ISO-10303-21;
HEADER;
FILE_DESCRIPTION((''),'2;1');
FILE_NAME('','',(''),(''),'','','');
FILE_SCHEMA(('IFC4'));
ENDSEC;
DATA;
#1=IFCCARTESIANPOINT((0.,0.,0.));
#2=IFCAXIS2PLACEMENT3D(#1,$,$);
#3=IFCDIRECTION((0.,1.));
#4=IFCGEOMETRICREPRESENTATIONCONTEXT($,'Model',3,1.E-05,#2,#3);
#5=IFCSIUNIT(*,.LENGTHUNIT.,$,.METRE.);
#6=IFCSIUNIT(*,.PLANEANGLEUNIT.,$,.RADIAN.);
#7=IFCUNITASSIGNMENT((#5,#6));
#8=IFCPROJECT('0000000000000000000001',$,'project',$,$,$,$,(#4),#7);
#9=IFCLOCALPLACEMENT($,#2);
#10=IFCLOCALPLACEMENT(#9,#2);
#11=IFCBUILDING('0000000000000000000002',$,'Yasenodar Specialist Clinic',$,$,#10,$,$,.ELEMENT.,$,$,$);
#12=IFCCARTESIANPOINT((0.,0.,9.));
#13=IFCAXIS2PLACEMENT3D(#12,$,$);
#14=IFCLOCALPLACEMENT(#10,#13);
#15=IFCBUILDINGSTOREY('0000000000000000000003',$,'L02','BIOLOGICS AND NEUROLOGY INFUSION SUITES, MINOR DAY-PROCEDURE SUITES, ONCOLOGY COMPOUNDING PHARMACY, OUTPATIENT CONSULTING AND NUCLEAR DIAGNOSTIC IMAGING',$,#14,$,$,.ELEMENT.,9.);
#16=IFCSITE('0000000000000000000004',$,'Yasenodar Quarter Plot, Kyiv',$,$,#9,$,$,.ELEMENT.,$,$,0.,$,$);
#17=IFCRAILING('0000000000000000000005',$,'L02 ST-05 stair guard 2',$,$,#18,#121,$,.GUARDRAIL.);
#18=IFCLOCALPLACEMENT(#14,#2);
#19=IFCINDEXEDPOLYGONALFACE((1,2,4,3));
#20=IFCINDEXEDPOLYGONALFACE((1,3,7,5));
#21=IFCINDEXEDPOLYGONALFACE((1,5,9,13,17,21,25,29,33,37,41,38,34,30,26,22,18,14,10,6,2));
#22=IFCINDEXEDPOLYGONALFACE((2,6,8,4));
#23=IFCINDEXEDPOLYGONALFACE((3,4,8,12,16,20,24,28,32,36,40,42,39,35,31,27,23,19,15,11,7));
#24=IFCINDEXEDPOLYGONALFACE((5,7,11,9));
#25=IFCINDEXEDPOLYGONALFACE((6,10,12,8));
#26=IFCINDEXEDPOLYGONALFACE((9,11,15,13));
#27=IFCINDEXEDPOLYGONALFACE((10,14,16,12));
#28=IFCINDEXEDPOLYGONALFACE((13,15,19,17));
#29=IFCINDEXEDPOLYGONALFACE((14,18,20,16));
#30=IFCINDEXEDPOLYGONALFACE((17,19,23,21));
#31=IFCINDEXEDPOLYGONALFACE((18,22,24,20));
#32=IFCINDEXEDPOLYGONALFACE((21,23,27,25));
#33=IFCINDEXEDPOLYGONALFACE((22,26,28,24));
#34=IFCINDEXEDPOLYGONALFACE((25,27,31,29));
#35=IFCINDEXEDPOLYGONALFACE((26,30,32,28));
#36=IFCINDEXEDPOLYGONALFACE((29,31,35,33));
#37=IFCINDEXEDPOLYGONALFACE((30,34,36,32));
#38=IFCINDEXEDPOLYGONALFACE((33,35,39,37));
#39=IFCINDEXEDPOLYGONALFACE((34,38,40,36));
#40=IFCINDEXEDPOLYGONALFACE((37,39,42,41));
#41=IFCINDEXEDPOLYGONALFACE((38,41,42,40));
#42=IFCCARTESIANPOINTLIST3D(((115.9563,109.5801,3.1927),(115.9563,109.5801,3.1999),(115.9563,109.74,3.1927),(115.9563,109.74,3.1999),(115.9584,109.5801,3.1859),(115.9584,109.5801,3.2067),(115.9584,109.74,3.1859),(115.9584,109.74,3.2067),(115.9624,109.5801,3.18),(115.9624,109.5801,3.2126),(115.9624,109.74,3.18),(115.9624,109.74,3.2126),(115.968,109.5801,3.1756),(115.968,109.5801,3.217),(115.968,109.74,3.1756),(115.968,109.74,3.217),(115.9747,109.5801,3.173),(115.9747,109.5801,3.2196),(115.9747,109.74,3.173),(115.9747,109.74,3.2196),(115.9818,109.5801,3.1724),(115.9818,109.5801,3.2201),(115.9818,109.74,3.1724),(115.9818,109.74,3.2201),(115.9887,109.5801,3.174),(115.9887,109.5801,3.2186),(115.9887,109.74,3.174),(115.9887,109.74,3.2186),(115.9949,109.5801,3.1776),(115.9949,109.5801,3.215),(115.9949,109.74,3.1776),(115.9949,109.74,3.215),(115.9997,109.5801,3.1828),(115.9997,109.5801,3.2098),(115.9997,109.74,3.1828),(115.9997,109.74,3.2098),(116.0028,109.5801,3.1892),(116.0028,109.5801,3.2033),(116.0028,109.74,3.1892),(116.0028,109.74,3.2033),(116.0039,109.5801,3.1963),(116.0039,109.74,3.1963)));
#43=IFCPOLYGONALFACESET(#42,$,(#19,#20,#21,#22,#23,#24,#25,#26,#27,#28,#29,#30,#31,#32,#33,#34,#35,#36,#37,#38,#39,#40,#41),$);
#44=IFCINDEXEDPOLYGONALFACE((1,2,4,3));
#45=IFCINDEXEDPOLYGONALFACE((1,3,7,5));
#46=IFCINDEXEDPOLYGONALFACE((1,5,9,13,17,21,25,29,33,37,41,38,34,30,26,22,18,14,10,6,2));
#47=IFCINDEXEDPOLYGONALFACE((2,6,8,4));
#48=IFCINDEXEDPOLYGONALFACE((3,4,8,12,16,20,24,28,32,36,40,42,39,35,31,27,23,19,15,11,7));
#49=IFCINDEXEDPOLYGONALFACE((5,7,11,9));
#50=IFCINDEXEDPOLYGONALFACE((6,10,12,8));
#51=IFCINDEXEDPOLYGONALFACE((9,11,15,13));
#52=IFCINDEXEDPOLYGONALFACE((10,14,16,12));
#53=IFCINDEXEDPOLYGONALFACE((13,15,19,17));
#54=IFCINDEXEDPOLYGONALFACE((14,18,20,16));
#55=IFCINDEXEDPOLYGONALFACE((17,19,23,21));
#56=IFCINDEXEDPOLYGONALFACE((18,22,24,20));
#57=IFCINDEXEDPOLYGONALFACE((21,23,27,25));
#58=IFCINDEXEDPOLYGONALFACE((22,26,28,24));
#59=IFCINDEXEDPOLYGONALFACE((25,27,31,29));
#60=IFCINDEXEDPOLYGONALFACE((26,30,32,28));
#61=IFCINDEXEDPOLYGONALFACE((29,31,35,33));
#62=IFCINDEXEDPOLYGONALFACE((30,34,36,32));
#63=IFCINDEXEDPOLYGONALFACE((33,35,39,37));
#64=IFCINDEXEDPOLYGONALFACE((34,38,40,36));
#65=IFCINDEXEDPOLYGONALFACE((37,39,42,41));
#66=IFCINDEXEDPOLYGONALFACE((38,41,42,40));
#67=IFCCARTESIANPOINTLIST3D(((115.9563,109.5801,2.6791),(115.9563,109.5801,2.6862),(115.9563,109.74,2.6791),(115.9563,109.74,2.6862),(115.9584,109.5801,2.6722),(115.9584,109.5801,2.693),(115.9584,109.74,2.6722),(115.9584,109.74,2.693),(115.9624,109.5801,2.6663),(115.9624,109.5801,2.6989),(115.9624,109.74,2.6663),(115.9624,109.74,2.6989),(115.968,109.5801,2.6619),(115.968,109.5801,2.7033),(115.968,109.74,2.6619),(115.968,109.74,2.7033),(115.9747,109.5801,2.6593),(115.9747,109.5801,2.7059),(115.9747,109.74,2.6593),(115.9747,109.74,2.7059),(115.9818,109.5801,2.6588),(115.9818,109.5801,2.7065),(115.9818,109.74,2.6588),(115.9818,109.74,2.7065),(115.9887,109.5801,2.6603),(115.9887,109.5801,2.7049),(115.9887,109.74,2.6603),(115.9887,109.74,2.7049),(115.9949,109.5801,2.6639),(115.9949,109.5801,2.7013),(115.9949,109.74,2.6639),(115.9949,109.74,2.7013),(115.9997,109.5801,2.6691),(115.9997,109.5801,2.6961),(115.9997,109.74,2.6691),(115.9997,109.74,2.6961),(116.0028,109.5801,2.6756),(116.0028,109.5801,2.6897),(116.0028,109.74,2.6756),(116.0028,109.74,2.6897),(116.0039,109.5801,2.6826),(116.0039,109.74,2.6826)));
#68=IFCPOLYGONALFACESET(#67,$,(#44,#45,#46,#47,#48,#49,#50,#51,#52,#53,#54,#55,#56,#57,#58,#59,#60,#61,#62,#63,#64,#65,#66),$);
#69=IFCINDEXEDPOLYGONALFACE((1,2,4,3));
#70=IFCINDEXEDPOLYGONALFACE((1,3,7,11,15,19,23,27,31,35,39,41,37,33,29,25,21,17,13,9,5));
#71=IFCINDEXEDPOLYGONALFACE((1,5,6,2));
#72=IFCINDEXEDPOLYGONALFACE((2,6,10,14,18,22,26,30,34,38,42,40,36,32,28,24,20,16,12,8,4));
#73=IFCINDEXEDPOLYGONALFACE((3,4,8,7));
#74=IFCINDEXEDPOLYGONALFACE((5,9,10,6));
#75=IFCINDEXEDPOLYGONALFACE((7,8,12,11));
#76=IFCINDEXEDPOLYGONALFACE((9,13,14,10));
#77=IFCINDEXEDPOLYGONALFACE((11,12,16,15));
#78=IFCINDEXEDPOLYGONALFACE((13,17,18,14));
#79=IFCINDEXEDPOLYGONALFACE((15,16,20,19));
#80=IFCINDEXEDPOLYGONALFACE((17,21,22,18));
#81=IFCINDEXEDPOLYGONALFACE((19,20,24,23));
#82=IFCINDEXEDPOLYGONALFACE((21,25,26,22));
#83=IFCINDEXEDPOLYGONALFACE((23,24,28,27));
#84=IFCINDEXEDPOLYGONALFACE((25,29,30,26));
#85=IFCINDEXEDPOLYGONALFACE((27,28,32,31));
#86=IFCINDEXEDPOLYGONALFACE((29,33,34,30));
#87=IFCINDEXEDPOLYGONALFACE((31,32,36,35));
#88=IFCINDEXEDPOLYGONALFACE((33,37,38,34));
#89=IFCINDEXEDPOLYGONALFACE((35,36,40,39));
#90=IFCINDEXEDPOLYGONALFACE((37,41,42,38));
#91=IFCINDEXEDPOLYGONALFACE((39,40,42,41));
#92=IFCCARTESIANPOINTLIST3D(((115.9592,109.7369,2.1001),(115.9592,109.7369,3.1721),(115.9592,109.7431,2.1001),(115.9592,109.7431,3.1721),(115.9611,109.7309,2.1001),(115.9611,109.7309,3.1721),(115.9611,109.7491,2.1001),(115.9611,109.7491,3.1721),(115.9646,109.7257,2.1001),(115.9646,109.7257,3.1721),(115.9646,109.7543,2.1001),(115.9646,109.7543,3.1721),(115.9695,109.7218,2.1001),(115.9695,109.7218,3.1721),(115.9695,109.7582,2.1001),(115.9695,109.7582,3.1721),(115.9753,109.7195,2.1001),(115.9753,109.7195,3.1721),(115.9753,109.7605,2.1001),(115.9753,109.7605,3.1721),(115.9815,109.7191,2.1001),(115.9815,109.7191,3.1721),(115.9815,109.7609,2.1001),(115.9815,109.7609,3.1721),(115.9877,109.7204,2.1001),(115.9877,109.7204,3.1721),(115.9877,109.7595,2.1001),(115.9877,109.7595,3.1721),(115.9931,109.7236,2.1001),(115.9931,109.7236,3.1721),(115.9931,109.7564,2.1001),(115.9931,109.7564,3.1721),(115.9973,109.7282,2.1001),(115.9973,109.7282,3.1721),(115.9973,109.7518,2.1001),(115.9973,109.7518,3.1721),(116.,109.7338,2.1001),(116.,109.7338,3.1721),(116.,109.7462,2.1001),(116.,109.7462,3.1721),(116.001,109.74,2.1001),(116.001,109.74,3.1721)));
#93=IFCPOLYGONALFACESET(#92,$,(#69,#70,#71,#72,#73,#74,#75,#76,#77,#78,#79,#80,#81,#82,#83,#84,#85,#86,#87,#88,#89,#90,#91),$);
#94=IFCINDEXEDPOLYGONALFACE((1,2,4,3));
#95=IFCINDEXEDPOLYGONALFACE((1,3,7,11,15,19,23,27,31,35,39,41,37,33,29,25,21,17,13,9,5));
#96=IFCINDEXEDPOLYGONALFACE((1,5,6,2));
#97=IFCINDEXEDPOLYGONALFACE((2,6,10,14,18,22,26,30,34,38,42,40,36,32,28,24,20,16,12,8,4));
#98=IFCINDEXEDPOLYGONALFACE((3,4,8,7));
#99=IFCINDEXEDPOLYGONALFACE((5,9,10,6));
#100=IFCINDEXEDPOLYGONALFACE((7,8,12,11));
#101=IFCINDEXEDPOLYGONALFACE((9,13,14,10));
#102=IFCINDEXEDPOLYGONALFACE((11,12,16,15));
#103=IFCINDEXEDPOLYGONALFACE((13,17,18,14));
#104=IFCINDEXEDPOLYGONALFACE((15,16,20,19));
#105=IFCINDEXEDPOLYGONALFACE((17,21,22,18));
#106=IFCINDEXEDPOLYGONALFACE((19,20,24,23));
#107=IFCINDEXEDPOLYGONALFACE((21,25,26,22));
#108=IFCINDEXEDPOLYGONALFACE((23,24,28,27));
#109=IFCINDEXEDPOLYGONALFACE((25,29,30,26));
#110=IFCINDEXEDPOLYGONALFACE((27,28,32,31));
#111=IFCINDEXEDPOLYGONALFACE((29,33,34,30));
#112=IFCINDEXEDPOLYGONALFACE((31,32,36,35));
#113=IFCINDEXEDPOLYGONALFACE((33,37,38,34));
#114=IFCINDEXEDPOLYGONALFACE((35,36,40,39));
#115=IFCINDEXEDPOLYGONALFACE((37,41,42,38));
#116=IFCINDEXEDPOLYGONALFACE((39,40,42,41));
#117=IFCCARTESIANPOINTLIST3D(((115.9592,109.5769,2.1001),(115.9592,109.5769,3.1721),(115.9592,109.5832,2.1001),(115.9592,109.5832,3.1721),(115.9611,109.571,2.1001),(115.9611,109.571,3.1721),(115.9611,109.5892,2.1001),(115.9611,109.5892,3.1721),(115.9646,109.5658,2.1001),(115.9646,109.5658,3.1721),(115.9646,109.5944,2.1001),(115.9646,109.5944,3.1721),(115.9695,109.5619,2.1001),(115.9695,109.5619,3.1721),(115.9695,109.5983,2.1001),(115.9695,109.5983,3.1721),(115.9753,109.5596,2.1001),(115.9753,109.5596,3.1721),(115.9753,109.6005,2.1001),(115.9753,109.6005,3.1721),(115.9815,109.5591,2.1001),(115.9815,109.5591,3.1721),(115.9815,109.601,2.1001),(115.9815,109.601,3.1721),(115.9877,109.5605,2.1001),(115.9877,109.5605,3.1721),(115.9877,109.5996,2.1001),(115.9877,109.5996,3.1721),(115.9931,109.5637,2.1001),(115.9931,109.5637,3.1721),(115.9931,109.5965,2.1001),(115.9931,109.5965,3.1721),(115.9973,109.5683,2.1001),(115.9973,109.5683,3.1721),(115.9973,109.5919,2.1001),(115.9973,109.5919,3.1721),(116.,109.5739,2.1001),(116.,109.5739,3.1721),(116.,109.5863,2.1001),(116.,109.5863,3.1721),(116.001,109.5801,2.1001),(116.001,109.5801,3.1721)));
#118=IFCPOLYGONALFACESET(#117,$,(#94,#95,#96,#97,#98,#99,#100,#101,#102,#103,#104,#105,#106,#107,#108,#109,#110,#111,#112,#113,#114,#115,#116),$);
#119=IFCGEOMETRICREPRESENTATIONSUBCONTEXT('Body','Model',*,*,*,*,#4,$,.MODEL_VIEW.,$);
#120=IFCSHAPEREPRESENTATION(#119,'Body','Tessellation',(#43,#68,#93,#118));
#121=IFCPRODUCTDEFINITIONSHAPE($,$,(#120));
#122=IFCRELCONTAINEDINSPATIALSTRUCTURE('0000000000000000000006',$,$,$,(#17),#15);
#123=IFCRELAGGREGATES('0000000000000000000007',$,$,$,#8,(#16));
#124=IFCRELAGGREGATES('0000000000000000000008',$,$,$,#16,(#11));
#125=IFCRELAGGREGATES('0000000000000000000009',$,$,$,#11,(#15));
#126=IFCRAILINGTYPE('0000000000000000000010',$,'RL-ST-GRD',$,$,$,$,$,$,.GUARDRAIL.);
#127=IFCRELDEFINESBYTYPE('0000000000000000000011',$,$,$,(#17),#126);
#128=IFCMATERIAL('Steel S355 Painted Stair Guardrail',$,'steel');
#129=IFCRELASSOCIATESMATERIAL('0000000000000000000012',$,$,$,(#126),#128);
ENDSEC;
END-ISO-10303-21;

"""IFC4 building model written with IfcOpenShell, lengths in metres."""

from ifc_helpers import new_model, si_unit, direction, frame, origin, origin_2d, place, context, subcontext, project, spatial, circle, extrude, material, type_object, element, save


model = new_model("IFC4")

# Units and contexts
model_context = context("Model", 3, precision=1e-05, world=origin(), true_north=direction((0.0, 1.0)))
body_context = subcontext(model_context, "Body", "Model", "MODEL_VIEW")
ifc_project = project(units=[si_unit("LENGTHUNIT", "METRE"), si_unit("PLANEANGLEUNIT", "RADIAN")], contexts=[model_context])

# Site, building, storey
site_placement = place(None, origin())
site = spatial("IfcSite", under=ifc_project, at=site_placement, Name="Yasenodar Quarter Plot, Kyiv", CompositionType="ELEMENT", RefElevation=0.0)
building_placement = place(site_placement, origin())
building = spatial("IfcBuilding", under=site, at=building_placement, Name="Yasenodar Specialist Clinic", CompositionType="ELEMENT")
storey_placement = place(building_placement, frame((0.0, 0.0, 9.0)))
storey = spatial("IfcBuildingStorey", under=building, at=storey_placement, Name="L02", Description="BIOLOGICS AND NEUROLOGY INFUSION SUITES, MINOR DAY-PROCEDURE SUITES, ONCOLOGY COMPOUNDING PHARMACY, OUTPATIENT CONSULTING AND NUCLEAR DIAGNOSTIC IMAGING", CompositionType="ELEMENT", Elevation=9.0)

# Railing
ifc_material_1 = material(Name="Steel S355 Painted Stair Guardrail", Category="steel")
railing_type_1 = type_object("IfcRailingType", Name="RL-ST-GRD", PredefinedType="GUARDRAIL", material=ifc_material_1)
railing_1_placement = place(storey_placement, frame((115.98, 109.74, 2.1001)))
element("IfcRailing", 1, at=railing_1_placement, inside=storey, type_object=railing_type_1, Name="L02 ST-05 stair guard 2", PredefinedType="GUARDRAIL", context=body_context, shape_type="SweptSolid", body=[
    extrude(circle(Radius=0.0239, at=origin_2d()), frame((0.0, 0.0, 1.0962), z_axis=(0.0, -1.0, 0.0), x_axis=(1.0, 0.0, 0.0)), (0.0, 0.0, 1.0), 0.1599),
    extrude(circle(Radius=0.0239, at=origin_2d()), frame((0.0, 0.0, 0.5825), z_axis=(0.0, -1.0, 0.0), x_axis=(1.0, 0.0, 0.0)), (0.0, 0.0, 1.0), 0.1599),
    extrude(circle(Radius=0.021, at=origin_2d()), origin(), (0.0, 0.0, 1.0), 1.072),
    extrude(circle(Radius=0.021, at=origin_2d()), frame((0.0, -0.1599, 0.0)), (0.0, 0.0, 1.0), 1.072),
])

save(model, "model.ifc")
